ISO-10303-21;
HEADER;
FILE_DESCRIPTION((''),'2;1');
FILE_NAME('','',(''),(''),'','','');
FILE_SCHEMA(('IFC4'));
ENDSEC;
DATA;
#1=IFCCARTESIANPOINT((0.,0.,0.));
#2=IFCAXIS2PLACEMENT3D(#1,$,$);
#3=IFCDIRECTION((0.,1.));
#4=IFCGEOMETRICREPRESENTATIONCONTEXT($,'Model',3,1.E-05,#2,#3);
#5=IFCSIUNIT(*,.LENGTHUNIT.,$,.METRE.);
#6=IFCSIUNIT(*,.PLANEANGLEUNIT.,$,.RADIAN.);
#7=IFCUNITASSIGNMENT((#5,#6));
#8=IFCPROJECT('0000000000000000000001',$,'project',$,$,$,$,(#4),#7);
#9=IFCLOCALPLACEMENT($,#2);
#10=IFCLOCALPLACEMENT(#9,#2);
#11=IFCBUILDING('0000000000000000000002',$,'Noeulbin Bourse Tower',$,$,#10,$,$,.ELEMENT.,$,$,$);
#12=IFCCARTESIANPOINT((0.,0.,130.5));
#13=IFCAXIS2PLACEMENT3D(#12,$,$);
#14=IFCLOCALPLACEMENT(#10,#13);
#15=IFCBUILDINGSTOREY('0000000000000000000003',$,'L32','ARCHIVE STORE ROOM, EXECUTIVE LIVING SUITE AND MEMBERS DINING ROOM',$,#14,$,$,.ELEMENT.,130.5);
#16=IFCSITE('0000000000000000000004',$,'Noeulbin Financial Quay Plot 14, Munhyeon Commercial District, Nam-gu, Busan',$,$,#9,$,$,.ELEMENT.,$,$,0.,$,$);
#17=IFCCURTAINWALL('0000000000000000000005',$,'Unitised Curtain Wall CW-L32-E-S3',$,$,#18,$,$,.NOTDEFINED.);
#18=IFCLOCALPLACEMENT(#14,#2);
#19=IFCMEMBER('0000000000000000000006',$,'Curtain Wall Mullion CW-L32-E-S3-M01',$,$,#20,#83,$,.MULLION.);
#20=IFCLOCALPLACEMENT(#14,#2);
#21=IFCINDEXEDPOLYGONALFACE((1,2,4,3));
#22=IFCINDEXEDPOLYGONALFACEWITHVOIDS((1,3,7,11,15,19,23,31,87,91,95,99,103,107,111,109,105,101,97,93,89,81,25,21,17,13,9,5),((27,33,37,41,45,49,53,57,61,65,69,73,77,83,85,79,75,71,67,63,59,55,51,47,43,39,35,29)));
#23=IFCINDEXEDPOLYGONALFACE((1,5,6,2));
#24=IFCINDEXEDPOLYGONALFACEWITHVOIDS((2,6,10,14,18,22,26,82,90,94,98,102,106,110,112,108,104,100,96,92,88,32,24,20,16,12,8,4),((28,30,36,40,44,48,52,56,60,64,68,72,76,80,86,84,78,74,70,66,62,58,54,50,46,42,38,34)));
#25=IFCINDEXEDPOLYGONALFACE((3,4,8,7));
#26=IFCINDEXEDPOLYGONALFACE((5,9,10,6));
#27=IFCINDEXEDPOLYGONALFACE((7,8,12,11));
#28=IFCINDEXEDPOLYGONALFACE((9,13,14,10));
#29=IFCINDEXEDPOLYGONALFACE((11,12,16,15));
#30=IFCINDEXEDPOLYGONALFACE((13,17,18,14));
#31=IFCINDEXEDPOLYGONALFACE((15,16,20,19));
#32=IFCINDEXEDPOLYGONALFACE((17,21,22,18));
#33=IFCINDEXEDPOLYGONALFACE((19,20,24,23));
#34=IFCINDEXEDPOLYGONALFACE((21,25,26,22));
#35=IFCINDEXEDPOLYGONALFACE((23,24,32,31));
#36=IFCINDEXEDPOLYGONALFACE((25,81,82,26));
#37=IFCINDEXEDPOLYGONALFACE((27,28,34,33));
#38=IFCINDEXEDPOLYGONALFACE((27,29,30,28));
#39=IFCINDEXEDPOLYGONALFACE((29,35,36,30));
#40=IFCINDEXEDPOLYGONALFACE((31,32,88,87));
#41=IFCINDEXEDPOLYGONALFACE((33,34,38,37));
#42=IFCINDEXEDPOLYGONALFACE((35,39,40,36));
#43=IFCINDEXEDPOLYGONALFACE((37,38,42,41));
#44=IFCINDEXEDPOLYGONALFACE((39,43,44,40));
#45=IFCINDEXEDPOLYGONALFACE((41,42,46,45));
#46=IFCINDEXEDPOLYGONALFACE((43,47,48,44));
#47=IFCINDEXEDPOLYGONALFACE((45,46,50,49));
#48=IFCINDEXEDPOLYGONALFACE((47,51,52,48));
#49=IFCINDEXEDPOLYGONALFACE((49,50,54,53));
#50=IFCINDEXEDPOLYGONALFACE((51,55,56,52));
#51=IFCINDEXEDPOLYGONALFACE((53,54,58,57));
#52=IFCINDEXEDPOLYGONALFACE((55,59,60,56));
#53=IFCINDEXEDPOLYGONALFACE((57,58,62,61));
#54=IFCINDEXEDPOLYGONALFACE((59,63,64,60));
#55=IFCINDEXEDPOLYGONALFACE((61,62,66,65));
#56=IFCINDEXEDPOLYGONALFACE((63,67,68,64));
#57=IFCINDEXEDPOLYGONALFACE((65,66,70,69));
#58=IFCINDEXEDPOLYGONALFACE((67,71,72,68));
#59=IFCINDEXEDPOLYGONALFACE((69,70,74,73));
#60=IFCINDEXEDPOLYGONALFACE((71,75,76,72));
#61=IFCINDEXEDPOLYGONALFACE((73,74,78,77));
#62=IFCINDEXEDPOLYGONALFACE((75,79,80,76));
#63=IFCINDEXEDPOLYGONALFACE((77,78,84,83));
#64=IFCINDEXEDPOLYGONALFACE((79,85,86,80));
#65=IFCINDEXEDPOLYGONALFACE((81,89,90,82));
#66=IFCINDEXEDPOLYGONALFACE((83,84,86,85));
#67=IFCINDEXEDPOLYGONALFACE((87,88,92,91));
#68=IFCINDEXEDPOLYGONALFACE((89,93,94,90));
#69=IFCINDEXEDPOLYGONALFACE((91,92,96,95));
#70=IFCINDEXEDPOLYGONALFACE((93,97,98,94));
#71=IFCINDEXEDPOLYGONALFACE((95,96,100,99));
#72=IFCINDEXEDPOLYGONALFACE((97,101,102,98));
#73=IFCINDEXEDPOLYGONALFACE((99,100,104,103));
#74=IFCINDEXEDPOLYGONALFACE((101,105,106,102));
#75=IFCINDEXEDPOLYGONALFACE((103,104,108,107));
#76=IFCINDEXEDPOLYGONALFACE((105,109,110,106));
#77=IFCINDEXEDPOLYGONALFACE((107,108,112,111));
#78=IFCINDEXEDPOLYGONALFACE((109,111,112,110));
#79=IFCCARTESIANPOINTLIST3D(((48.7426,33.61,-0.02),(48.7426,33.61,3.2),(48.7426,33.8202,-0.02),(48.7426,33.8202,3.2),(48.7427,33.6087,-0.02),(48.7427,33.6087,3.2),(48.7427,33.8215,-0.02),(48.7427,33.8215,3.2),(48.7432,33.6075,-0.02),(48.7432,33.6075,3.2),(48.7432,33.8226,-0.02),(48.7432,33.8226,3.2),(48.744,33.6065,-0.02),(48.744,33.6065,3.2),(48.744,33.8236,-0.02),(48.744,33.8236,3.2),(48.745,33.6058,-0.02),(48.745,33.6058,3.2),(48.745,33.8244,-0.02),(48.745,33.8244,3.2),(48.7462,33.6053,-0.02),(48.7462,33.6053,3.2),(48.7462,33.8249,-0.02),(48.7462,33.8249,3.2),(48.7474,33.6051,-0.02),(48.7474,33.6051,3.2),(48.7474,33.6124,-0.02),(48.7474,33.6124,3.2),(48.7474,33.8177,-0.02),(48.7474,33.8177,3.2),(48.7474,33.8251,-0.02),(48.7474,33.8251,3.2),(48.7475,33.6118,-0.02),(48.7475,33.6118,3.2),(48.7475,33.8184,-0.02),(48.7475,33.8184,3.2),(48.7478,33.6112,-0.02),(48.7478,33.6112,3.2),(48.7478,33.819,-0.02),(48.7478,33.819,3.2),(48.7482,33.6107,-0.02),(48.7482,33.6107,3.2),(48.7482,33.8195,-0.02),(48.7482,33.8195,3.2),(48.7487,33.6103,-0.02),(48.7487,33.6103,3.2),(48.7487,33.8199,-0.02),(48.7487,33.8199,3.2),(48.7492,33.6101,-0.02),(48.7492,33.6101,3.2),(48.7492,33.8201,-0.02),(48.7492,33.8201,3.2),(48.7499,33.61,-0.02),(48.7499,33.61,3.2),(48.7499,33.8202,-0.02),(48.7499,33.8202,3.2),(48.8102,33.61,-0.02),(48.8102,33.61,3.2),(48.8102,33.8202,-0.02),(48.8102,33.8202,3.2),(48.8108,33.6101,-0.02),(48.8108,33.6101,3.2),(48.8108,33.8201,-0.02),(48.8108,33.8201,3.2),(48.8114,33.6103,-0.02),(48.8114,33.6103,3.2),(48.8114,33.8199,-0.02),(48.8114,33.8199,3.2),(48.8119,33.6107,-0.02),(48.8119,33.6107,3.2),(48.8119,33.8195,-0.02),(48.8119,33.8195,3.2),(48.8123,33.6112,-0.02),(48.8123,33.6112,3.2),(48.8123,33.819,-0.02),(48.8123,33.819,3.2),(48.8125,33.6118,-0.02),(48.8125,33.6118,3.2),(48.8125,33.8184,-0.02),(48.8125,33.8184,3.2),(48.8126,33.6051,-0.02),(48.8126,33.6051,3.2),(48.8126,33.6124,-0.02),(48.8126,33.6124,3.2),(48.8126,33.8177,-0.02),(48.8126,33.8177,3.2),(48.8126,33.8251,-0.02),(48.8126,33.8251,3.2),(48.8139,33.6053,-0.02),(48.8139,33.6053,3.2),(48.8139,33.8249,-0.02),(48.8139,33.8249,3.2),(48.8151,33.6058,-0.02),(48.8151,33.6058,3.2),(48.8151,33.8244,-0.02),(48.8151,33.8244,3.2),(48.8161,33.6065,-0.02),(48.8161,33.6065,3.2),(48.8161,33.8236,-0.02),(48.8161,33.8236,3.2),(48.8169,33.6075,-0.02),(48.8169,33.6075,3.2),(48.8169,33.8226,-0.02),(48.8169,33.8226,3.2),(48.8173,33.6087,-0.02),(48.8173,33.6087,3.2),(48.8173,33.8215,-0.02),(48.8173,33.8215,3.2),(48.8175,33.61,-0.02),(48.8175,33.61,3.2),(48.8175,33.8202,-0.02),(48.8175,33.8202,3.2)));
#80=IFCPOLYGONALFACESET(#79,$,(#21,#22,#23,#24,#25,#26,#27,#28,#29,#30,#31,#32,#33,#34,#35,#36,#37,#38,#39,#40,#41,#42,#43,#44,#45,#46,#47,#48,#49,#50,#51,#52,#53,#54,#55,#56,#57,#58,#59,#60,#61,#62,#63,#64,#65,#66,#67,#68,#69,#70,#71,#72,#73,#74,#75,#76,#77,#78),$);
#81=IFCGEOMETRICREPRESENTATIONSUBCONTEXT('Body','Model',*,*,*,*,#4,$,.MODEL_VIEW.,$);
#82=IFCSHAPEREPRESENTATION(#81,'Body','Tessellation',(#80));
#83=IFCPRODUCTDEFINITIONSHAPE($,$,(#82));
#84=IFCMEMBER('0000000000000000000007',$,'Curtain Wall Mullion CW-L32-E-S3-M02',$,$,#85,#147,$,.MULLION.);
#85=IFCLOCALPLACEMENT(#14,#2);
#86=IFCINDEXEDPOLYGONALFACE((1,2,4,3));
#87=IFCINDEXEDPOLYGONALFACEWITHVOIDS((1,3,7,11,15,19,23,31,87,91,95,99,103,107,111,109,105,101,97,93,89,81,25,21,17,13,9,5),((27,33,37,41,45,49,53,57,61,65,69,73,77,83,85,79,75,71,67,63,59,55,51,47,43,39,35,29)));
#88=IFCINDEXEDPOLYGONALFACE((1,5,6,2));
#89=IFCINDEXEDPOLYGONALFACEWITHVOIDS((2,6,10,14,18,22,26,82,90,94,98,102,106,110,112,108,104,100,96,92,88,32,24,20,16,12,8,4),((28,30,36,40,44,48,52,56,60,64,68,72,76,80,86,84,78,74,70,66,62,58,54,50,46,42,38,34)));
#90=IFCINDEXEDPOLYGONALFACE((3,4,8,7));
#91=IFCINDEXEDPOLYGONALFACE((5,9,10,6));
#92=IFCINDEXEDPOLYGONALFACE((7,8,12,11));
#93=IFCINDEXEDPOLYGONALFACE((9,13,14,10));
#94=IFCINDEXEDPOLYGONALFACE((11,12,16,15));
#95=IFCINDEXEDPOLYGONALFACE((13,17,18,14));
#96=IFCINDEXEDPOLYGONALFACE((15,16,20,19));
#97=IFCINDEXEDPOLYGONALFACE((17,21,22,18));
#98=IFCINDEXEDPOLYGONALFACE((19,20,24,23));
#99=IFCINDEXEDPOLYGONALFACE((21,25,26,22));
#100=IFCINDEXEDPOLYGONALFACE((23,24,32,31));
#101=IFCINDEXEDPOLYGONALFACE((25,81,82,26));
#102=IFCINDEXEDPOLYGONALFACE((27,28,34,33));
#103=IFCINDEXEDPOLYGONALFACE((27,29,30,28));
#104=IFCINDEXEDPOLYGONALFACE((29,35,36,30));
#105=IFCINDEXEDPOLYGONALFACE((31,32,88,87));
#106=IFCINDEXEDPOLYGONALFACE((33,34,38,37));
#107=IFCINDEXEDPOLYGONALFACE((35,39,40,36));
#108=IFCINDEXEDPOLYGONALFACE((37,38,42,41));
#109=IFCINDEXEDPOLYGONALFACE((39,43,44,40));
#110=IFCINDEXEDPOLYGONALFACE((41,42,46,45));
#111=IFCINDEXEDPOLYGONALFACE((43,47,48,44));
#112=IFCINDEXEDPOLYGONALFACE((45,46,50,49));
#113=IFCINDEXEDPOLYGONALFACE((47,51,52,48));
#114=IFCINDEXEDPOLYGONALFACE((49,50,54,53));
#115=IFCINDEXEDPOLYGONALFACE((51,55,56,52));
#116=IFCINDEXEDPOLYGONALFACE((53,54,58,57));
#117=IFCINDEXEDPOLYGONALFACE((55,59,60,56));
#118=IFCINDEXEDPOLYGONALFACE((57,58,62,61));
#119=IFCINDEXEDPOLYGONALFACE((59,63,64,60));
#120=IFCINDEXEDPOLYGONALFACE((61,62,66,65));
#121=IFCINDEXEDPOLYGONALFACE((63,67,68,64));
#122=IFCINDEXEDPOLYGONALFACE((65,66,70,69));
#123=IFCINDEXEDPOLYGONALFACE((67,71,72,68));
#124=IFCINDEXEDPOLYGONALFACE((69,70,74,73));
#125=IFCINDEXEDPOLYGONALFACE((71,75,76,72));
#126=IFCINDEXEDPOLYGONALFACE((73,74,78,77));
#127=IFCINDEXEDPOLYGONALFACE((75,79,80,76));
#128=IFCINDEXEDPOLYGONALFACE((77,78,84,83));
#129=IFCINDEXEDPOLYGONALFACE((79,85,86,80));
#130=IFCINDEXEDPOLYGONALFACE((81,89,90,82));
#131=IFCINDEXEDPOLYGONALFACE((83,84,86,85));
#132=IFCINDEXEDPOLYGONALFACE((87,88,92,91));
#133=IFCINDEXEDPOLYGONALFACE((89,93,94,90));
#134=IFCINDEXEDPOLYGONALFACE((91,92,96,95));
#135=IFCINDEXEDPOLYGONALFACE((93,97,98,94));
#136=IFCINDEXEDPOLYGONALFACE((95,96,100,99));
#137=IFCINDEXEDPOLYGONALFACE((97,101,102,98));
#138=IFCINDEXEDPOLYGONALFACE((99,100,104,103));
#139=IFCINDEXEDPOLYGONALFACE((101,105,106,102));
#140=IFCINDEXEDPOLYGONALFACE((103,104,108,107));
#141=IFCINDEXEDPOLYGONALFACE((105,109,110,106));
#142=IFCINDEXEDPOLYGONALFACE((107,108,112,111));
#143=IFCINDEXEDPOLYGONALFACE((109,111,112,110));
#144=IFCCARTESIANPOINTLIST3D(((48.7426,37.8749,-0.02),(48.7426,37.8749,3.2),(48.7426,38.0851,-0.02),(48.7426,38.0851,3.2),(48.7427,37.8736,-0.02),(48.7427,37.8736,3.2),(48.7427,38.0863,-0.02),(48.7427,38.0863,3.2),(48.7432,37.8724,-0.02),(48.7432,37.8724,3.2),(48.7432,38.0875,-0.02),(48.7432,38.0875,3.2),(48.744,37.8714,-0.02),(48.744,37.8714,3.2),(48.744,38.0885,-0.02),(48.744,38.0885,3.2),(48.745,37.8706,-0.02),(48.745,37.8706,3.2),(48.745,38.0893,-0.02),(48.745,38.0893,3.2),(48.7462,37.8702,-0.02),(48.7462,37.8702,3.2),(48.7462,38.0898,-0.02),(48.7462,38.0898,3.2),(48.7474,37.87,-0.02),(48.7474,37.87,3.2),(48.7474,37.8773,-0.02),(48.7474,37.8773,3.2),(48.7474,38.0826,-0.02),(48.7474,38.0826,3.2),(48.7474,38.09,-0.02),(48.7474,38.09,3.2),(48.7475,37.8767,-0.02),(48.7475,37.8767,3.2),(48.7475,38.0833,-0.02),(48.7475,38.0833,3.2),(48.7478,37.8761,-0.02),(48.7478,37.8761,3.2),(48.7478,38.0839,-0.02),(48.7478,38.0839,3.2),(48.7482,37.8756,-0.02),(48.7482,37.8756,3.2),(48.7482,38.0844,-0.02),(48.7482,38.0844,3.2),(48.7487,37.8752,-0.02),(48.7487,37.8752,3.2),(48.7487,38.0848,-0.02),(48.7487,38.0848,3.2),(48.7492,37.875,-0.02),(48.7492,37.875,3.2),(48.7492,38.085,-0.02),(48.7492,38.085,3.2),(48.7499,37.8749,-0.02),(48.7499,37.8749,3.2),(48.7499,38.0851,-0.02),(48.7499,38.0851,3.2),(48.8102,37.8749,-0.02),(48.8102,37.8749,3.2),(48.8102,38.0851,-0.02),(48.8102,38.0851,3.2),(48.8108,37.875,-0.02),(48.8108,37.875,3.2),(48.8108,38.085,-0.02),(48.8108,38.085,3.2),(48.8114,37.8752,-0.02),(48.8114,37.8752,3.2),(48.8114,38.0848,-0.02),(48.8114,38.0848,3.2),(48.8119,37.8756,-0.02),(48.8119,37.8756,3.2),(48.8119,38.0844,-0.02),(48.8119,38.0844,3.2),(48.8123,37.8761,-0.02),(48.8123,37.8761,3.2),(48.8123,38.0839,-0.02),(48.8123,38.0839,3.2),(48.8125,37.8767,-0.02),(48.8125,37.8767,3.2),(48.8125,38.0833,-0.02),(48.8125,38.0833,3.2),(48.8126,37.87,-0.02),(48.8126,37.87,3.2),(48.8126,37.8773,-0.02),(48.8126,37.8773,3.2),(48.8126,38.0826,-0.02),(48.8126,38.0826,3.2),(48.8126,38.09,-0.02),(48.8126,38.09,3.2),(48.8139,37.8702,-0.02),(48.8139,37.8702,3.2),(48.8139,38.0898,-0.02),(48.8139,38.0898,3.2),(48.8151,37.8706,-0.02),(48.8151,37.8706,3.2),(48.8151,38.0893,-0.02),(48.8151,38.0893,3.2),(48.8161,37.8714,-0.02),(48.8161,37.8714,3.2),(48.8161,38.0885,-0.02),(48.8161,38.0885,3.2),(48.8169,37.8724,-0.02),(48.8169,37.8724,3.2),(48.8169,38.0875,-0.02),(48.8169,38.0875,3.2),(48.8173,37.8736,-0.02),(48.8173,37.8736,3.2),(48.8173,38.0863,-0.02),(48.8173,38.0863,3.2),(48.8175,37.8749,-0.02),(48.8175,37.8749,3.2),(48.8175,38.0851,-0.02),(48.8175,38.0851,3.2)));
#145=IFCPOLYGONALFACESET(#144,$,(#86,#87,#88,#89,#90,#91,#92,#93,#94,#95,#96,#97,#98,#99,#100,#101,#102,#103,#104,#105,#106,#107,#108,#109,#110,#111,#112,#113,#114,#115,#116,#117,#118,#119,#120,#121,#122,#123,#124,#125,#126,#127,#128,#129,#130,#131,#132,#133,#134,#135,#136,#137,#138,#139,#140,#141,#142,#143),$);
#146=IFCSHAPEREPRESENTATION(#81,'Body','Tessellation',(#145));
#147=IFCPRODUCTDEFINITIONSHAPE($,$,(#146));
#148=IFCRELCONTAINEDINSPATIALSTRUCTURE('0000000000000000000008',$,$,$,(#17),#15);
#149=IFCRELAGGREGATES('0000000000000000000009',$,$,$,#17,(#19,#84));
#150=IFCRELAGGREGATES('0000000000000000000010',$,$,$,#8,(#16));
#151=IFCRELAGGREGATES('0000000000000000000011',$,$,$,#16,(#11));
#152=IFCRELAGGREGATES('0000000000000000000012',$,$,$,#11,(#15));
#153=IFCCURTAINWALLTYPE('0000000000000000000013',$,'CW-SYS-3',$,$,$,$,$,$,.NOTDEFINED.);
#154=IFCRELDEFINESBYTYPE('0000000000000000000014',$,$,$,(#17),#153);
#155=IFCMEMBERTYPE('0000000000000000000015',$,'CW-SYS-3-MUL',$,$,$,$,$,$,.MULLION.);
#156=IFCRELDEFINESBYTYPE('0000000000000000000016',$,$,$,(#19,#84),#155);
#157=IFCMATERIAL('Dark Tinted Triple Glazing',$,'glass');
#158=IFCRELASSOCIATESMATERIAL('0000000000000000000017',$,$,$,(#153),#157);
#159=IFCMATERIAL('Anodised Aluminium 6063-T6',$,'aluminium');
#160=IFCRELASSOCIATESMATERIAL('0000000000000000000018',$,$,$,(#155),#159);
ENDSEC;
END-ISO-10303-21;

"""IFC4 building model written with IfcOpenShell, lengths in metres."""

from ifc_helpers import new_model, si_unit, direction, frame, origin, origin_2d, place, context, subcontext, project, spatial, hollow_rectangle, extrude, material, material_profile, profile_set, type_object, element, aggregate, save


model = new_model("IFC4")

# Units and contexts
model_context = context("Model", 3, precision=1e-05, world=origin(), true_north=direction((0.0, 1.0)))
body_context = subcontext(model_context, "Body", "Model", "MODEL_VIEW")
ifc_project = project(units=[si_unit("LENGTHUNIT", "METRE"), si_unit("PLANEANGLEUNIT", "RADIAN")], contexts=[model_context])

# Site, building, storey
site_placement = place(None, origin())
site = spatial("IfcSite", under=ifc_project, at=site_placement, Name="Noeulbin Financial Quay Plot 14, Munhyeon Commercial District, Nam-gu, Busan", CompositionType="ELEMENT", RefElevation=0.0)
building_placement = place(site_placement, origin())
building = spatial("IfcBuilding", under=site, at=building_placement, Name="Noeulbin Bourse Tower", CompositionType="ELEMENT")
storey_placement = place(building_placement, frame((0.0, 0.0, 130.5)))
storey = spatial("IfcBuildingStorey", under=building, at=storey_placement, Name="L32", Description="ARCHIVE STORE ROOM, EXECUTIVE LIVING SUITE AND MEMBERS DINING ROOM", CompositionType="ELEMENT", Elevation=130.5)

# Curtain wall, members
ifc_material_1 = material(Name="Dark Tinted Triple Glazing", Category="glass")
curtain_wall_type = type_object("IfcCurtainWallType", Name="CW-SYS-3", PredefinedType="NOTDEFINED", material=ifc_material_1)
ifc_material_2 = material(Name="Anodised Aluminium 6063-T6", Category="aluminium")
ifc_material_profile_1 = material_profile(ifc_material_2, hollow_rectangle(XDim=0.075, YDim=0.22, WallThickness=0.0049, InnerFilletRadius=0.0024, OuterFilletRadius=0.0049, at=origin_2d()), Name="ALU-MULL-75x220x5", Category="LoadBearing")
ifc_profile_set_1 = profile_set([ifc_material_profile_1], Name="Anodised Aluminium 6063-T6")
member_type_1 = type_object("IfcMemberType", Name="CW-SYS-3-MUL", PredefinedType="MULLION", material=ifc_profile_set_1)
curtain_wall_1_placement = place(storey_placement, origin())
curtain_wall_1 = element("IfcCurtainWall", 1, at=curtain_wall_1_placement, inside=storey, type_object=curtain_wall_type, Name="Unitised Curtain Wall CW-L32-E-S3", PredefinedType="NOTDEFINED")
member_1_placement = place(storey_placement, frame((48.78, 33.7151, -0.02), z_axis=(0.0, 0.0, 1.0), x_axis=(1.0, 0.0, 0.0)))
member_1 = element("IfcMember", 2, at=member_1_placement, type_object=member_type_1, Name="Curtain Wall Mullion CW-L32-E-S3-M01", PredefinedType="MULLION", context=body_context, shape_type="SweptSolid", body=[
    extrude(hollow_rectangle(XDim=0.075, YDim=0.22, WallThickness=0.0049, InnerFilletRadius=0.0024, OuterFilletRadius=0.0049, at=origin_2d()), origin(), (0.0, 0.0, 1.0), 3.22),
])
member_2_placement = place(storey_placement, frame((48.78, 37.98, -0.02), z_axis=(0.0, 0.0, 1.0), x_axis=(1.0, 0.0, 0.0)))
member_2 = element("IfcMember", 3, at=member_2_placement, type_object=member_type_1, Name="Curtain Wall Mullion CW-L32-E-S3-M02", PredefinedType="MULLION", context=body_context, shape_type="SweptSolid", body=[
    extrude(hollow_rectangle(XDim=0.075, YDim=0.22, WallThickness=0.0049, InnerFilletRadius=0.0024, OuterFilletRadius=0.0049, at=origin_2d()), origin(), (0.0, 0.0, 1.0), 3.22),
])

aggregate(curtain_wall_1, [member_1, member_2])

save(model, "model.ifc")
